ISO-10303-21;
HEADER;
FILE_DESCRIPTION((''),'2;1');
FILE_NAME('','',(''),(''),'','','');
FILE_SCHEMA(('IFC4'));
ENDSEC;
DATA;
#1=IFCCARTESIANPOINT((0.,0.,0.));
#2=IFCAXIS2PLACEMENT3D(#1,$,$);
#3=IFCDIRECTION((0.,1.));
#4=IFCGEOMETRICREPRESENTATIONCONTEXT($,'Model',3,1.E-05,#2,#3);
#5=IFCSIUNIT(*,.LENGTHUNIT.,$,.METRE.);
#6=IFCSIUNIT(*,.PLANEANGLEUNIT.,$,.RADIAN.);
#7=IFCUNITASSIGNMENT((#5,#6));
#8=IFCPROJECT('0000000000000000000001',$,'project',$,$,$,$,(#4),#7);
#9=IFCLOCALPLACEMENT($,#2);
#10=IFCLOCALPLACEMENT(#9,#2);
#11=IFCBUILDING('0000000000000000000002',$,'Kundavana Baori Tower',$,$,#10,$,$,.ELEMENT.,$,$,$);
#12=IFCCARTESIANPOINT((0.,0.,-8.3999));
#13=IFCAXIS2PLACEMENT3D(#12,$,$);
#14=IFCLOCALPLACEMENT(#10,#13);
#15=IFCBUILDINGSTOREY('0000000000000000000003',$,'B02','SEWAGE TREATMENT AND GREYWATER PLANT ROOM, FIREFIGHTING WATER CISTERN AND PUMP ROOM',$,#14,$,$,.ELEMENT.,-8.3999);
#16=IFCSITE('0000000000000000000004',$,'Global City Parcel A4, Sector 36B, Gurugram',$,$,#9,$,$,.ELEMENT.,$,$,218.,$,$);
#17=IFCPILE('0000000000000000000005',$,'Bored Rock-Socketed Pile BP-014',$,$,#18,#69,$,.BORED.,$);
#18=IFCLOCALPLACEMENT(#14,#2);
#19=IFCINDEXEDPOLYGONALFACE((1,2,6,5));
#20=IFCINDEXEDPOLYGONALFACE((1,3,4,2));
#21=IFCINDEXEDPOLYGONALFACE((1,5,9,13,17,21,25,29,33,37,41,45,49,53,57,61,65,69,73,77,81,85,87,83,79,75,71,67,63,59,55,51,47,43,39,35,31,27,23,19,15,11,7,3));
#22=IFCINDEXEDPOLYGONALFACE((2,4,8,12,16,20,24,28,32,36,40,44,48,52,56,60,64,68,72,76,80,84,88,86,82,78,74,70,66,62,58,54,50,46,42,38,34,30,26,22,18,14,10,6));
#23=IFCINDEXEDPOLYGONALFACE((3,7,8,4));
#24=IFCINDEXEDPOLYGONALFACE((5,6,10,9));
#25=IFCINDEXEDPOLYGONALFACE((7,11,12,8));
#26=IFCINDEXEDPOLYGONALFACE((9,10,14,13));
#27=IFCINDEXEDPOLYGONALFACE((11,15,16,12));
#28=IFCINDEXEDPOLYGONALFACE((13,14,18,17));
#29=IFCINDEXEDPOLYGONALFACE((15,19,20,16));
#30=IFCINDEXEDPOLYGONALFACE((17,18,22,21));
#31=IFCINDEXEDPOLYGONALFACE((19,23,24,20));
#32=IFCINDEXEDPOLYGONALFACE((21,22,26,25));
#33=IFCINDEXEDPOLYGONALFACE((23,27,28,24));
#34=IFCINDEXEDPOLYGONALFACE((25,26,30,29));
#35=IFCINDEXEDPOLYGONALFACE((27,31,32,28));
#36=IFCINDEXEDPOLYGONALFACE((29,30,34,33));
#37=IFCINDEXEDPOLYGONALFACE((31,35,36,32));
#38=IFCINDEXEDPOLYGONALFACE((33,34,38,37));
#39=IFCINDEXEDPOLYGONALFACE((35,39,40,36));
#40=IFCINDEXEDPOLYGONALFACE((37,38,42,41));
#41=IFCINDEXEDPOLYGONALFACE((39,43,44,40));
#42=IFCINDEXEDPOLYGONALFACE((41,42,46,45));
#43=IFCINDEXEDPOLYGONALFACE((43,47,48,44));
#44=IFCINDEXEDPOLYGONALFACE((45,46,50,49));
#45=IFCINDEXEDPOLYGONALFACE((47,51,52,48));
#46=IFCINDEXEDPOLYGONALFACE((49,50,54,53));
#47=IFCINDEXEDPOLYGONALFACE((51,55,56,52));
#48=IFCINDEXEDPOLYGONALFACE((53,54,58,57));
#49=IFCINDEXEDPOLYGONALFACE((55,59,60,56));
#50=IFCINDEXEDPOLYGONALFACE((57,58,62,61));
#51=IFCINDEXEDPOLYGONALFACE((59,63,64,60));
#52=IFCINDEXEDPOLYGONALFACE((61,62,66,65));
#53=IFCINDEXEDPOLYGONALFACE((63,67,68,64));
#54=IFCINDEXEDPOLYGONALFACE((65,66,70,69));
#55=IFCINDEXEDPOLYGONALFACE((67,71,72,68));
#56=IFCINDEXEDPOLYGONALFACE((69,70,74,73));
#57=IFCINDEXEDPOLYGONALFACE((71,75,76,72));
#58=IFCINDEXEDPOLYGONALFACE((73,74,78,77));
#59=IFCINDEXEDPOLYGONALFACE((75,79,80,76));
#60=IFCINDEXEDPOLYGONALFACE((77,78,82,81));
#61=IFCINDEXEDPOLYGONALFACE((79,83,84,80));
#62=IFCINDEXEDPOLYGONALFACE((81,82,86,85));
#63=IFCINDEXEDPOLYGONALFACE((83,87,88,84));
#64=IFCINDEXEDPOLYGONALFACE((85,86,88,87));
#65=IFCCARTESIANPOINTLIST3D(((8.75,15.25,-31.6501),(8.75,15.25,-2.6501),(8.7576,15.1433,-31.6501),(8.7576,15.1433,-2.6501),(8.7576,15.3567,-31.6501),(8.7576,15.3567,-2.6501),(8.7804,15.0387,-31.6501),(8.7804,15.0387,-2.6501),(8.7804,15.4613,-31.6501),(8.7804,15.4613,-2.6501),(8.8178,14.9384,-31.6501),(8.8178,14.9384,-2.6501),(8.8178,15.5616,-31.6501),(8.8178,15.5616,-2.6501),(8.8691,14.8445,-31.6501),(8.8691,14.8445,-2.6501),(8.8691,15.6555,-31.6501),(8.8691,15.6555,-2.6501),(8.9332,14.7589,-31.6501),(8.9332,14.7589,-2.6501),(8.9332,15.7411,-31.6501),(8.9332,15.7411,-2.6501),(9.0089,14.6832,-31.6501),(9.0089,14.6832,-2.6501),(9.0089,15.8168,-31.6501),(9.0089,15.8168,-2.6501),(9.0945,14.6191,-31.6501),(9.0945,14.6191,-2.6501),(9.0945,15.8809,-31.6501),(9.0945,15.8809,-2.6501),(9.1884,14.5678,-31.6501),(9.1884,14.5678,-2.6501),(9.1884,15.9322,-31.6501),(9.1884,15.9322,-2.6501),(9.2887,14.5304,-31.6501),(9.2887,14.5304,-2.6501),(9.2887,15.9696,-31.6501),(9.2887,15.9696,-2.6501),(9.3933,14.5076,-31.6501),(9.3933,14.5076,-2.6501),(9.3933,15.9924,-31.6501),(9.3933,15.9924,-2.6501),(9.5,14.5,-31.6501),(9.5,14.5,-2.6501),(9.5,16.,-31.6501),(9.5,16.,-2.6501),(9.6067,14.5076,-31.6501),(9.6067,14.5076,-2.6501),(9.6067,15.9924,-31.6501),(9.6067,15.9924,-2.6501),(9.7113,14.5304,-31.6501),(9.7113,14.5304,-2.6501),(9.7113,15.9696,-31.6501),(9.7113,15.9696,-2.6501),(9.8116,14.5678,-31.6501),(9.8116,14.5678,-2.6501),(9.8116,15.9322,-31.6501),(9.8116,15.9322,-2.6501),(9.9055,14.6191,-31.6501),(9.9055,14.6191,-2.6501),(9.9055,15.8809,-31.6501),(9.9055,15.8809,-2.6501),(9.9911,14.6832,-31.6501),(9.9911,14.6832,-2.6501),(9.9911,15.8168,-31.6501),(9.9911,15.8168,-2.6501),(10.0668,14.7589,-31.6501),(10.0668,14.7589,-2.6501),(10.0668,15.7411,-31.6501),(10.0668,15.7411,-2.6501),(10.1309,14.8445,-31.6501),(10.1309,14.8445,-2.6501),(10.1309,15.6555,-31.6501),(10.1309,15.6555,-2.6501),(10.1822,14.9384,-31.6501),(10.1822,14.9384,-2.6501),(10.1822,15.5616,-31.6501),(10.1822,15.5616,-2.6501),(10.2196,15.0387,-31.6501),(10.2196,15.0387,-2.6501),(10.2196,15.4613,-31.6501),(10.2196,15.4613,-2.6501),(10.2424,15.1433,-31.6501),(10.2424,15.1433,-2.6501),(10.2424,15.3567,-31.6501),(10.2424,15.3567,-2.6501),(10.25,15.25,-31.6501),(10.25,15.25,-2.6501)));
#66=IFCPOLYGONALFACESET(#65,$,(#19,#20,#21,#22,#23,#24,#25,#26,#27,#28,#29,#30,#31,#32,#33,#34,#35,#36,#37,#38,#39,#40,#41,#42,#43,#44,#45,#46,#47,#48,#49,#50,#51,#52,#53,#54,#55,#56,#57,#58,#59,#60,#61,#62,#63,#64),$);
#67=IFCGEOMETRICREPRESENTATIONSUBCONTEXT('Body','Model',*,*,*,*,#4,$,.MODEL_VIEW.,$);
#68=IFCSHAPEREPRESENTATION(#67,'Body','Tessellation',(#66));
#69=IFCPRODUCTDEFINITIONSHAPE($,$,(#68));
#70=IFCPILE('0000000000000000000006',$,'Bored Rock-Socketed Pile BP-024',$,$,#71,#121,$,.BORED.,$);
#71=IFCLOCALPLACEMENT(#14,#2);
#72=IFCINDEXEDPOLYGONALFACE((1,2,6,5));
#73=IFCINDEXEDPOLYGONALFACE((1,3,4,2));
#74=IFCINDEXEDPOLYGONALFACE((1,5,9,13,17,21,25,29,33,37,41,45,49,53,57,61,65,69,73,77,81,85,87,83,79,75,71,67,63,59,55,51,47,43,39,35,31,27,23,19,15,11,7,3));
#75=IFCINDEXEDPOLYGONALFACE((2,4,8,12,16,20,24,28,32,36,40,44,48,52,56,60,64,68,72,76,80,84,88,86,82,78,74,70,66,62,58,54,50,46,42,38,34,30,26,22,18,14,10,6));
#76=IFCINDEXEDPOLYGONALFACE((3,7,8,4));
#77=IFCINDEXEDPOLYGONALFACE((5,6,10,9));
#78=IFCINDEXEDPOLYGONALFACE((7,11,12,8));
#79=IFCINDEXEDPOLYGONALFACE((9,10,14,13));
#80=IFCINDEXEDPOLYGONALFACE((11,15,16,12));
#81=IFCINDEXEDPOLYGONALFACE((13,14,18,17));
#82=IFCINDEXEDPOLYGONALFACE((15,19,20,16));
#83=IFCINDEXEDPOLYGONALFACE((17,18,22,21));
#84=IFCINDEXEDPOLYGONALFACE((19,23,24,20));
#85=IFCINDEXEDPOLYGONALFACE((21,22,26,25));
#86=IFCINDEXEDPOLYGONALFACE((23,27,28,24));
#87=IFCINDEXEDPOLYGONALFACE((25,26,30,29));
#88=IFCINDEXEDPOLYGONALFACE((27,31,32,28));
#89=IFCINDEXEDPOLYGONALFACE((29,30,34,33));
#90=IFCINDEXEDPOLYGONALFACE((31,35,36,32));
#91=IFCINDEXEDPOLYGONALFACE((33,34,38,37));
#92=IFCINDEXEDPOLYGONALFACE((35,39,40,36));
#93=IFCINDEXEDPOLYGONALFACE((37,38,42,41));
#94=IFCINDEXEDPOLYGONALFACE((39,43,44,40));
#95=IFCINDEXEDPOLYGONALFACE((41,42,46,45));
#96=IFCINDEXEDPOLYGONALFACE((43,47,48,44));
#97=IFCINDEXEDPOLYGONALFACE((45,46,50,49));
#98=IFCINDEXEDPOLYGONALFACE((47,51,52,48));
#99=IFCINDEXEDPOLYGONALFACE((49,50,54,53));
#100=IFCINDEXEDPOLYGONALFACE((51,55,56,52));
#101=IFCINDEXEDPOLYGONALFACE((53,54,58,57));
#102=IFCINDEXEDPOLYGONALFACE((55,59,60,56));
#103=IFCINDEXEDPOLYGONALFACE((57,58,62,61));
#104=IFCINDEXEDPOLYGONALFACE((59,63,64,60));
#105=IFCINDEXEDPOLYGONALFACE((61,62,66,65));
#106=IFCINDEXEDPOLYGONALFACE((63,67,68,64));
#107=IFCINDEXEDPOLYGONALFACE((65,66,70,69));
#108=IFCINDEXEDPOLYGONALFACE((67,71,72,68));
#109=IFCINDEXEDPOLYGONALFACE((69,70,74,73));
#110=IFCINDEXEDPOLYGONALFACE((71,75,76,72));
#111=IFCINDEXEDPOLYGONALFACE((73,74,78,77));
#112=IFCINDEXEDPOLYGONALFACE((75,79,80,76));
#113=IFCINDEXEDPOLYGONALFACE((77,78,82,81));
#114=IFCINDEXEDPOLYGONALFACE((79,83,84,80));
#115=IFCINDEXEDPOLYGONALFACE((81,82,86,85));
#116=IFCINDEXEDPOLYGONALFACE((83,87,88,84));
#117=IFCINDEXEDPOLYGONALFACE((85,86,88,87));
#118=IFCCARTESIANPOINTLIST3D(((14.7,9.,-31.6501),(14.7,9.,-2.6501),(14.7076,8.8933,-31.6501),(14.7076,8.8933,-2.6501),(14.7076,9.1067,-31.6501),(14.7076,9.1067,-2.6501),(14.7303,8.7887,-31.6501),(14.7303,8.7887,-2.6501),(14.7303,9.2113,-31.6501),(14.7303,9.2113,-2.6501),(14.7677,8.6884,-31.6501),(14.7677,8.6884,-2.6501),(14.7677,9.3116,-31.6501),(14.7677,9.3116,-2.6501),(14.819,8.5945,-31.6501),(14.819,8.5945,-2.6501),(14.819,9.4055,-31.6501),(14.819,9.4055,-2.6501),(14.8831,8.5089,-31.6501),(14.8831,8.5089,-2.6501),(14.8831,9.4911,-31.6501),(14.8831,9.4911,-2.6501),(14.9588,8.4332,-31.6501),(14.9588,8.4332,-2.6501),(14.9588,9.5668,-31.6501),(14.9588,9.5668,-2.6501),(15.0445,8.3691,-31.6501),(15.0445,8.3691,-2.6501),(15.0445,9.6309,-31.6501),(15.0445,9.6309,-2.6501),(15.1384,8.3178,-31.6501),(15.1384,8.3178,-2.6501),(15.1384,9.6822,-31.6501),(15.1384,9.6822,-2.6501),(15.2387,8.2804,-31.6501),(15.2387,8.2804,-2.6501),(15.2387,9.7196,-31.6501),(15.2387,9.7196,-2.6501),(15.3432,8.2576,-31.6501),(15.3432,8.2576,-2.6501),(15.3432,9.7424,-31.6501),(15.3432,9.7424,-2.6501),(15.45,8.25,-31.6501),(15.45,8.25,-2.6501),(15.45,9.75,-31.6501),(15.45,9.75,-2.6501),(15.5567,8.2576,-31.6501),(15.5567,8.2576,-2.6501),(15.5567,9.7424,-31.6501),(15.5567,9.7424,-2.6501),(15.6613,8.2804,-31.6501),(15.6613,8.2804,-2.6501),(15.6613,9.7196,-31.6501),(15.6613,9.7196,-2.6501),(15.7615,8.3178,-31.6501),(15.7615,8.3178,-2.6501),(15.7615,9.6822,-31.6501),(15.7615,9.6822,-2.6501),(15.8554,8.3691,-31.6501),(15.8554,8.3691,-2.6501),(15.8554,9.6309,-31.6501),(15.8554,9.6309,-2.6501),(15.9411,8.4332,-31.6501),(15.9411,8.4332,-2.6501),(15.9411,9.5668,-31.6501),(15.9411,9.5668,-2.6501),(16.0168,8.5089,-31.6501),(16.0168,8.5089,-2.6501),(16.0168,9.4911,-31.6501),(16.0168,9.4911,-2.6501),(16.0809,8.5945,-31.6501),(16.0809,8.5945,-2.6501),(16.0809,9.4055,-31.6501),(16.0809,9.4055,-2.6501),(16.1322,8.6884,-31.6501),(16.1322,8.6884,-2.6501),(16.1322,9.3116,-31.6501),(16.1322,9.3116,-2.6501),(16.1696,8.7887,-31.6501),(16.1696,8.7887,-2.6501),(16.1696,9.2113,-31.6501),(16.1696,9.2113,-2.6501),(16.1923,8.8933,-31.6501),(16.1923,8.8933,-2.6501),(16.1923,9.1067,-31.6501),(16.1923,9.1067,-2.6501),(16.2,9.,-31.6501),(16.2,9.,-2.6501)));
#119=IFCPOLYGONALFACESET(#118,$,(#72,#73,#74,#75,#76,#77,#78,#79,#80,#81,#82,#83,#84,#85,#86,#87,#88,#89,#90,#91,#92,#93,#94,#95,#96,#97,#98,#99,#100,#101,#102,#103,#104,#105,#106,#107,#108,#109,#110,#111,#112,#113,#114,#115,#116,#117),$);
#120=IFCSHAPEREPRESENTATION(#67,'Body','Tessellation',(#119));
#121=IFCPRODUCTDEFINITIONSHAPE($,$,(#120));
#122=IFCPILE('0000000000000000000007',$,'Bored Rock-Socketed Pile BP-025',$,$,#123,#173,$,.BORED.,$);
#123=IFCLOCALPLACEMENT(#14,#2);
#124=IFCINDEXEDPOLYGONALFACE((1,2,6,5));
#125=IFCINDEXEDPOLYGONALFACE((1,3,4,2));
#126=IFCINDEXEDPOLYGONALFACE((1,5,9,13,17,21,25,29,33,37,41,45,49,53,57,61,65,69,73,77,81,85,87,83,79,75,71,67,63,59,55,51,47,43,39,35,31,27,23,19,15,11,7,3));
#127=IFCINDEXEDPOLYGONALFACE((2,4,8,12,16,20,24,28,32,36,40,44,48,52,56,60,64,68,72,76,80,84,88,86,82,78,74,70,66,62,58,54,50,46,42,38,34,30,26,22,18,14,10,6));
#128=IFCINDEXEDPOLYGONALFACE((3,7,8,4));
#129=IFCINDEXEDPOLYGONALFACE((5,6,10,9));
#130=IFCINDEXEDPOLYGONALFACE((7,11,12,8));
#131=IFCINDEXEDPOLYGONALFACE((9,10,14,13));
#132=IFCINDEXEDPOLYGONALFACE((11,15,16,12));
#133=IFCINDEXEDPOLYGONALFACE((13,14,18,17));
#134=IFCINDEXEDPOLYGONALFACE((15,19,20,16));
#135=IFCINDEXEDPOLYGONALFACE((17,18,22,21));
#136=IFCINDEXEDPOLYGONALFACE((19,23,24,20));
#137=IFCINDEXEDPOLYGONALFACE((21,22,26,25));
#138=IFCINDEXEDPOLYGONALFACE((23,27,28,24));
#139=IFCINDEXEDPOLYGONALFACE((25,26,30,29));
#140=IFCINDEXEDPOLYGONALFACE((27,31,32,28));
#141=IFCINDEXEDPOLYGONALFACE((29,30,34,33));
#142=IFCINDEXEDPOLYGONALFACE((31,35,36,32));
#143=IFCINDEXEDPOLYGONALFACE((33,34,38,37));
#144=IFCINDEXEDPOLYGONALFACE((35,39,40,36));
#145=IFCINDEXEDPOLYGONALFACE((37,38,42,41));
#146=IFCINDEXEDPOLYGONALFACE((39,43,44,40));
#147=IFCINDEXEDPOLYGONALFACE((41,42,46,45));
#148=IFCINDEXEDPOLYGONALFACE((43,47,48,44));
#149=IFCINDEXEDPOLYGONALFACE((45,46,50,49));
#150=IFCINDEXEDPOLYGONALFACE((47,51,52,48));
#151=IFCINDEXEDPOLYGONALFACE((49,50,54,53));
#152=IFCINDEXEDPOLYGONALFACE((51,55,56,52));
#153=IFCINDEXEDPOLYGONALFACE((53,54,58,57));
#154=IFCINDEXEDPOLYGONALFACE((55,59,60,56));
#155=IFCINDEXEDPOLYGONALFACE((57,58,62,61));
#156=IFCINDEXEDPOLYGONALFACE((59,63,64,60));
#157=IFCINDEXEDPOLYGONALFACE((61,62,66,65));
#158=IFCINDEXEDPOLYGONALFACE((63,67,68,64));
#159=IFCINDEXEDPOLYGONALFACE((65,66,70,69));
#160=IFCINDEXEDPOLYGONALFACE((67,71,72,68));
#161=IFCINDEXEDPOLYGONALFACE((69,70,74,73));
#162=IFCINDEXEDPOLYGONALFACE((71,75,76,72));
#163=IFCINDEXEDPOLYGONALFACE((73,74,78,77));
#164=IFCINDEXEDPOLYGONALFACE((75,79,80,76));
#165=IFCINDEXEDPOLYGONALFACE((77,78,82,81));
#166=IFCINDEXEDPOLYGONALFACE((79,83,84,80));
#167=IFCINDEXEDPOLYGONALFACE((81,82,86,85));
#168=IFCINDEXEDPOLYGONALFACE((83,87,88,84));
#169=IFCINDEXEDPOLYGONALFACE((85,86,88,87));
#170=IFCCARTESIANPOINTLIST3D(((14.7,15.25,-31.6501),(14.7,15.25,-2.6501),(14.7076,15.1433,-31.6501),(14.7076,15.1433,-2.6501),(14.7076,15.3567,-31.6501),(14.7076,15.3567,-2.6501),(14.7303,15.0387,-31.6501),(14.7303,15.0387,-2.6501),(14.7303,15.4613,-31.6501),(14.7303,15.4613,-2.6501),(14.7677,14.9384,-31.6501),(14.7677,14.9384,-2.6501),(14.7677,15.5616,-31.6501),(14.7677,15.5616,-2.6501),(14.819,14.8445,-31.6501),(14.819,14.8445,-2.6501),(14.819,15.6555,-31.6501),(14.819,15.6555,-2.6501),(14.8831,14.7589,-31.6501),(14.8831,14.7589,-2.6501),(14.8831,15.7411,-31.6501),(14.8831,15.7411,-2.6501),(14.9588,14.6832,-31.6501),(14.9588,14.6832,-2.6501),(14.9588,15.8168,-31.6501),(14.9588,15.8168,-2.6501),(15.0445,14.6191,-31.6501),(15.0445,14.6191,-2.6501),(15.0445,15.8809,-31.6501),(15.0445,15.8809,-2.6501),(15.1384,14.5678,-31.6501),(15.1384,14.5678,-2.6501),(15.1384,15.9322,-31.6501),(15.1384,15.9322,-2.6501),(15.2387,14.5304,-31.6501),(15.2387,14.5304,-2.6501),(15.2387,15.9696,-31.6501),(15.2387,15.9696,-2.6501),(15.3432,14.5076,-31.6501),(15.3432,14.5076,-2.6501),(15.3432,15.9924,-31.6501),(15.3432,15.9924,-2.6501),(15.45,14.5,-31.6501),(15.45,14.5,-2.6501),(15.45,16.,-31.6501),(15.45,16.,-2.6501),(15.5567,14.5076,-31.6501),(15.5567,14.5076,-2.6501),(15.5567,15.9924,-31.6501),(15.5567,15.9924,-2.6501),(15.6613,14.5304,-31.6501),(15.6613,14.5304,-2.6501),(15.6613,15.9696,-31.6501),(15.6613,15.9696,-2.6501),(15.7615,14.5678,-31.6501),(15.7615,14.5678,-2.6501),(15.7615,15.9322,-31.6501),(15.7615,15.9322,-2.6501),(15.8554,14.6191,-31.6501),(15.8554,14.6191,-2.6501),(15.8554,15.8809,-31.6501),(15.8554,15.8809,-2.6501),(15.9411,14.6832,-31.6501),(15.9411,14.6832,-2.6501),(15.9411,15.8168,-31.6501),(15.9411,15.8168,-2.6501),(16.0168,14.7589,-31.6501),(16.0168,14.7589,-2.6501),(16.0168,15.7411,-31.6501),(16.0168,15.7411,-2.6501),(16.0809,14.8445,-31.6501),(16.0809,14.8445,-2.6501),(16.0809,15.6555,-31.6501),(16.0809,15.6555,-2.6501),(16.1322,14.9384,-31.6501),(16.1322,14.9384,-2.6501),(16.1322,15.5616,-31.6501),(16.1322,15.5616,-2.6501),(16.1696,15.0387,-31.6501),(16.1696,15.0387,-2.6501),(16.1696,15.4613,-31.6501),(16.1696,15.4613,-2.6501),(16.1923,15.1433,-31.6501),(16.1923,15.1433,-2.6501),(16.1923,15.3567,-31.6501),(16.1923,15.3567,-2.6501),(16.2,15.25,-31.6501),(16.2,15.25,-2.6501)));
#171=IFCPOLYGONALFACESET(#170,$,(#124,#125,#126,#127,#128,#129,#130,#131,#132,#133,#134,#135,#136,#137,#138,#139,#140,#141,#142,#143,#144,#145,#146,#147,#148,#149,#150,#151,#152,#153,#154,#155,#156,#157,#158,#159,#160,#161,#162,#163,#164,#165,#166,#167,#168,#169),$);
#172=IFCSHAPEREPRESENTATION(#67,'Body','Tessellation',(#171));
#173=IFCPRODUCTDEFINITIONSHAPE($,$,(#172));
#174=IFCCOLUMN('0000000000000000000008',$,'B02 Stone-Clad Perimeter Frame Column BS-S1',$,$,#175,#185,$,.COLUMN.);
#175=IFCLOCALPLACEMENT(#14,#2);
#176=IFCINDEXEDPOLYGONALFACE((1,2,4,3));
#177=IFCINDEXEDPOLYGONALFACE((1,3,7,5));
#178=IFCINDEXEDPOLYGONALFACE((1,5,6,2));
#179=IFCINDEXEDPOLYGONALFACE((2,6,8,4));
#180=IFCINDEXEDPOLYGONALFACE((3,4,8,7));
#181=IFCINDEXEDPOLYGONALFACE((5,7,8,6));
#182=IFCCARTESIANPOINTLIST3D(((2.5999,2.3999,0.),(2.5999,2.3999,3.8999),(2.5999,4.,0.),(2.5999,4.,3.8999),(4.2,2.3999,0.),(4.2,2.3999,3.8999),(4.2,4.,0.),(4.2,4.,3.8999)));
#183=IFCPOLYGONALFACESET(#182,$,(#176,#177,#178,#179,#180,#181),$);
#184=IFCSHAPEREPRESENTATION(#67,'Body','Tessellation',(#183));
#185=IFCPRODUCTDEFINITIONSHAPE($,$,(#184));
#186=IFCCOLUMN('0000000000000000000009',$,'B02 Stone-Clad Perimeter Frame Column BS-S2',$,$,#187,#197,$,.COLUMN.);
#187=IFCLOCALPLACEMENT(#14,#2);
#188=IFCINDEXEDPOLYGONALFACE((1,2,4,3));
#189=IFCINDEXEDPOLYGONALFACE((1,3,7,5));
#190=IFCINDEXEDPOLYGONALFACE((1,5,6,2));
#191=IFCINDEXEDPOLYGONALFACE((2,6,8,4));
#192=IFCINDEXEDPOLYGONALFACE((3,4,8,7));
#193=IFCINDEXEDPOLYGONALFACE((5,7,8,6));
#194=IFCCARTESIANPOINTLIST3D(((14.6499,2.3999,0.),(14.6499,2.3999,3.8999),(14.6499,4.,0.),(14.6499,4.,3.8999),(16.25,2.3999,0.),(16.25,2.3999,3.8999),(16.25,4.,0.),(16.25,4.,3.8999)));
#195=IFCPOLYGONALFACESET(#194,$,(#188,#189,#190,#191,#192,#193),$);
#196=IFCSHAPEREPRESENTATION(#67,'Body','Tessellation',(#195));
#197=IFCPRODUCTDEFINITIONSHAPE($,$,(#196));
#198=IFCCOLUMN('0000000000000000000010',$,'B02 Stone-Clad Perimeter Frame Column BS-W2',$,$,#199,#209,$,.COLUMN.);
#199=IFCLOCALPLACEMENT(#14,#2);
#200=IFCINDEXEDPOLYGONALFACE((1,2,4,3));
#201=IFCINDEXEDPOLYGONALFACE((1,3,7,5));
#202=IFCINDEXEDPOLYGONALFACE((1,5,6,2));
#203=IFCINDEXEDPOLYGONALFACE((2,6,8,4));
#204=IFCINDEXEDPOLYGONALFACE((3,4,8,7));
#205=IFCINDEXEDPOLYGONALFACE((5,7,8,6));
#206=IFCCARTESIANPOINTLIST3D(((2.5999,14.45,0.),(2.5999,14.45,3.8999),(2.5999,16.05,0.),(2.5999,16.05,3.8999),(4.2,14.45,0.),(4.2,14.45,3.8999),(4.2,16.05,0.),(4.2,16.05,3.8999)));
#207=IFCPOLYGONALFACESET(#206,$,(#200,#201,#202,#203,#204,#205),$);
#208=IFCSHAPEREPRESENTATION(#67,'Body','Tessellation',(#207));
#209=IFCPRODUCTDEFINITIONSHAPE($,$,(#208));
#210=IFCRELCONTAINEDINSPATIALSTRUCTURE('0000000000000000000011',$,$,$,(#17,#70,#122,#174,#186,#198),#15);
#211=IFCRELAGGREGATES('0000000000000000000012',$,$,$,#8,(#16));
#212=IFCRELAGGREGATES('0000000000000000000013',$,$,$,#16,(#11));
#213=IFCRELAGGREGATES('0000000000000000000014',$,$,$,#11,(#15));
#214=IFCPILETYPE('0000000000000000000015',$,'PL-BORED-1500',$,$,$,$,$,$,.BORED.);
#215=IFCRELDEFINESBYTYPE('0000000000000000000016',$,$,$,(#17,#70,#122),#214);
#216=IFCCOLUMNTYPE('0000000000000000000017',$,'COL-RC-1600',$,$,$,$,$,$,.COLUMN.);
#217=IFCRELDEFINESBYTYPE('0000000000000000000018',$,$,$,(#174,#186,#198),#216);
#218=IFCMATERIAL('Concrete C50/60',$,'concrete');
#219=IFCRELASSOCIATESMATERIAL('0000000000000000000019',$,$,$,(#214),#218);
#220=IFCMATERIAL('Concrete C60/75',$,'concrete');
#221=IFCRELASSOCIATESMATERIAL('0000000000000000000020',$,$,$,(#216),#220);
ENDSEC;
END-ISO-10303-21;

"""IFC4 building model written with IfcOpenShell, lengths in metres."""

from ifc_helpers import new_model, si_unit, direction, frame, origin, origin_2d, place, context, subcontext, project, spatial, rectangle, circle, extrude, material, material_profile, profile_set, type_object, element, save


model = new_model("IFC4")

# Units and contexts
model_context = context("Model", 3, precision=1e-05, world=origin(), true_north=direction((0.0, 1.0)))
body_context = subcontext(model_context, "Body", "Model", "MODEL_VIEW")
ifc_project = project(units=[si_unit("LENGTHUNIT", "METRE"), si_unit("PLANEANGLEUNIT", "RADIAN")], contexts=[model_context])

# Site, building, storey
site_placement = place(None, origin())
site = spatial("IfcSite", under=ifc_project, at=site_placement, Name="Global City Parcel A4, Sector 36B, Gurugram", CompositionType="ELEMENT", RefElevation=218.0)
building_placement = place(site_placement, origin())
building = spatial("IfcBuilding", under=site, at=building_placement, Name="Kundavana Baori Tower", CompositionType="ELEMENT")
storey_placement = place(building_placement, frame((0.0, 0.0, -8.3999)))
storey = spatial("IfcBuildingStorey", under=building, at=storey_placement, Name="B02", Description="SEWAGE TREATMENT AND GREYWATER PLANT ROOM, FIREFIGHTING WATER CISTERN AND PUMP ROOM", CompositionType="ELEMENT", Elevation=-8.3999)

# Piles
ifc_material_1 = material(Name="Concrete C50/60", Category="concrete")
ifc_material_profile_1 = material_profile(ifc_material_1, circle(Radius=0.75, at=origin_2d()), Name="BORED PILE D1500")
ifc_profile_set_1 = profile_set([ifc_material_profile_1], Name="Concrete C50/60")
pile_type_1 = type_object("IfcPileType", Name="PL-BORED-1500", PredefinedType="BORED", material=ifc_profile_set_1)
for number, where, z_axis, x_axis, name in (
    (1, (9.5, 15.25, -2.6501), (0.0, 0.0, -1.0), (1.0, 0.0, 0.0), "Bored Rock-Socketed Pile BP-014"),
    (2, (15.45, 9.0, -2.6501), (0.0, 0.0, -1.0), (1.0, 0.0, 0.0), "Bored Rock-Socketed Pile BP-024"),
    (3, (15.45, 15.25, -2.6501), (0.0, 0.0, -1.0), (1.0, 0.0, 0.0), "Bored Rock-Socketed Pile BP-025"),
):
    element("IfcPile", number, at=place(storey_placement, frame(where, z_axis=z_axis, x_axis=x_axis)), inside=storey, type_object=pile_type_1, Name=name, PredefinedType="BORED", context=body_context, shape_type="SweptSolid", body=[
        extrude(circle(Radius=0.75, at=origin_2d()), origin(), (0.0, 0.0, 1.0), 29.0),
    ])

# Columns
ifc_material_2 = material(Name="Concrete C60/75", Category="concrete")
ifc_material_profile_2 = material_profile(ifc_material_2, rectangle(XDim=1.6001, YDim=1.6001, at=origin_2d()), Name="RC 1600x1600")
ifc_profile_set_2 = profile_set([ifc_material_profile_2], Name="Concrete C60/75")
column_type_1 = type_object("IfcColumnType", Name="COL-RC-1600", PredefinedType="COLUMN", material=ifc_profile_set_2)
for number, where, z_axis, x_axis, name in (
    (4, (3.3999, 3.2, 0.0), (0.0, 0.0, 1.0), (1.0, 0.0, 0.0), "B02 Stone-Clad Perimeter Frame Column BS-S1"),
    (5, (15.45, 3.2, 0.0), (0.0, 0.0, 1.0), (1.0, 0.0, 0.0), "B02 Stone-Clad Perimeter Frame Column BS-S2"),
    (6, (3.3999, 15.25, 0.0), (0.0, 0.0, 1.0), (1.0, 0.0, 0.0), "B02 Stone-Clad Perimeter Frame Column BS-W2"),
):
    element("IfcColumn", number, at=place(storey_placement, frame(where, z_axis=z_axis, x_axis=x_axis)), inside=storey, type_object=column_type_1, Name=name, PredefinedType="COLUMN", context=body_context, shape_type="SweptSolid", body=[
        extrude(rectangle(XDim=1.6001, YDim=1.6001, at=origin_2d()), origin(), (0.0, 0.0, 1.0), 3.8999),
    ])

save(model, "model.ifc")
